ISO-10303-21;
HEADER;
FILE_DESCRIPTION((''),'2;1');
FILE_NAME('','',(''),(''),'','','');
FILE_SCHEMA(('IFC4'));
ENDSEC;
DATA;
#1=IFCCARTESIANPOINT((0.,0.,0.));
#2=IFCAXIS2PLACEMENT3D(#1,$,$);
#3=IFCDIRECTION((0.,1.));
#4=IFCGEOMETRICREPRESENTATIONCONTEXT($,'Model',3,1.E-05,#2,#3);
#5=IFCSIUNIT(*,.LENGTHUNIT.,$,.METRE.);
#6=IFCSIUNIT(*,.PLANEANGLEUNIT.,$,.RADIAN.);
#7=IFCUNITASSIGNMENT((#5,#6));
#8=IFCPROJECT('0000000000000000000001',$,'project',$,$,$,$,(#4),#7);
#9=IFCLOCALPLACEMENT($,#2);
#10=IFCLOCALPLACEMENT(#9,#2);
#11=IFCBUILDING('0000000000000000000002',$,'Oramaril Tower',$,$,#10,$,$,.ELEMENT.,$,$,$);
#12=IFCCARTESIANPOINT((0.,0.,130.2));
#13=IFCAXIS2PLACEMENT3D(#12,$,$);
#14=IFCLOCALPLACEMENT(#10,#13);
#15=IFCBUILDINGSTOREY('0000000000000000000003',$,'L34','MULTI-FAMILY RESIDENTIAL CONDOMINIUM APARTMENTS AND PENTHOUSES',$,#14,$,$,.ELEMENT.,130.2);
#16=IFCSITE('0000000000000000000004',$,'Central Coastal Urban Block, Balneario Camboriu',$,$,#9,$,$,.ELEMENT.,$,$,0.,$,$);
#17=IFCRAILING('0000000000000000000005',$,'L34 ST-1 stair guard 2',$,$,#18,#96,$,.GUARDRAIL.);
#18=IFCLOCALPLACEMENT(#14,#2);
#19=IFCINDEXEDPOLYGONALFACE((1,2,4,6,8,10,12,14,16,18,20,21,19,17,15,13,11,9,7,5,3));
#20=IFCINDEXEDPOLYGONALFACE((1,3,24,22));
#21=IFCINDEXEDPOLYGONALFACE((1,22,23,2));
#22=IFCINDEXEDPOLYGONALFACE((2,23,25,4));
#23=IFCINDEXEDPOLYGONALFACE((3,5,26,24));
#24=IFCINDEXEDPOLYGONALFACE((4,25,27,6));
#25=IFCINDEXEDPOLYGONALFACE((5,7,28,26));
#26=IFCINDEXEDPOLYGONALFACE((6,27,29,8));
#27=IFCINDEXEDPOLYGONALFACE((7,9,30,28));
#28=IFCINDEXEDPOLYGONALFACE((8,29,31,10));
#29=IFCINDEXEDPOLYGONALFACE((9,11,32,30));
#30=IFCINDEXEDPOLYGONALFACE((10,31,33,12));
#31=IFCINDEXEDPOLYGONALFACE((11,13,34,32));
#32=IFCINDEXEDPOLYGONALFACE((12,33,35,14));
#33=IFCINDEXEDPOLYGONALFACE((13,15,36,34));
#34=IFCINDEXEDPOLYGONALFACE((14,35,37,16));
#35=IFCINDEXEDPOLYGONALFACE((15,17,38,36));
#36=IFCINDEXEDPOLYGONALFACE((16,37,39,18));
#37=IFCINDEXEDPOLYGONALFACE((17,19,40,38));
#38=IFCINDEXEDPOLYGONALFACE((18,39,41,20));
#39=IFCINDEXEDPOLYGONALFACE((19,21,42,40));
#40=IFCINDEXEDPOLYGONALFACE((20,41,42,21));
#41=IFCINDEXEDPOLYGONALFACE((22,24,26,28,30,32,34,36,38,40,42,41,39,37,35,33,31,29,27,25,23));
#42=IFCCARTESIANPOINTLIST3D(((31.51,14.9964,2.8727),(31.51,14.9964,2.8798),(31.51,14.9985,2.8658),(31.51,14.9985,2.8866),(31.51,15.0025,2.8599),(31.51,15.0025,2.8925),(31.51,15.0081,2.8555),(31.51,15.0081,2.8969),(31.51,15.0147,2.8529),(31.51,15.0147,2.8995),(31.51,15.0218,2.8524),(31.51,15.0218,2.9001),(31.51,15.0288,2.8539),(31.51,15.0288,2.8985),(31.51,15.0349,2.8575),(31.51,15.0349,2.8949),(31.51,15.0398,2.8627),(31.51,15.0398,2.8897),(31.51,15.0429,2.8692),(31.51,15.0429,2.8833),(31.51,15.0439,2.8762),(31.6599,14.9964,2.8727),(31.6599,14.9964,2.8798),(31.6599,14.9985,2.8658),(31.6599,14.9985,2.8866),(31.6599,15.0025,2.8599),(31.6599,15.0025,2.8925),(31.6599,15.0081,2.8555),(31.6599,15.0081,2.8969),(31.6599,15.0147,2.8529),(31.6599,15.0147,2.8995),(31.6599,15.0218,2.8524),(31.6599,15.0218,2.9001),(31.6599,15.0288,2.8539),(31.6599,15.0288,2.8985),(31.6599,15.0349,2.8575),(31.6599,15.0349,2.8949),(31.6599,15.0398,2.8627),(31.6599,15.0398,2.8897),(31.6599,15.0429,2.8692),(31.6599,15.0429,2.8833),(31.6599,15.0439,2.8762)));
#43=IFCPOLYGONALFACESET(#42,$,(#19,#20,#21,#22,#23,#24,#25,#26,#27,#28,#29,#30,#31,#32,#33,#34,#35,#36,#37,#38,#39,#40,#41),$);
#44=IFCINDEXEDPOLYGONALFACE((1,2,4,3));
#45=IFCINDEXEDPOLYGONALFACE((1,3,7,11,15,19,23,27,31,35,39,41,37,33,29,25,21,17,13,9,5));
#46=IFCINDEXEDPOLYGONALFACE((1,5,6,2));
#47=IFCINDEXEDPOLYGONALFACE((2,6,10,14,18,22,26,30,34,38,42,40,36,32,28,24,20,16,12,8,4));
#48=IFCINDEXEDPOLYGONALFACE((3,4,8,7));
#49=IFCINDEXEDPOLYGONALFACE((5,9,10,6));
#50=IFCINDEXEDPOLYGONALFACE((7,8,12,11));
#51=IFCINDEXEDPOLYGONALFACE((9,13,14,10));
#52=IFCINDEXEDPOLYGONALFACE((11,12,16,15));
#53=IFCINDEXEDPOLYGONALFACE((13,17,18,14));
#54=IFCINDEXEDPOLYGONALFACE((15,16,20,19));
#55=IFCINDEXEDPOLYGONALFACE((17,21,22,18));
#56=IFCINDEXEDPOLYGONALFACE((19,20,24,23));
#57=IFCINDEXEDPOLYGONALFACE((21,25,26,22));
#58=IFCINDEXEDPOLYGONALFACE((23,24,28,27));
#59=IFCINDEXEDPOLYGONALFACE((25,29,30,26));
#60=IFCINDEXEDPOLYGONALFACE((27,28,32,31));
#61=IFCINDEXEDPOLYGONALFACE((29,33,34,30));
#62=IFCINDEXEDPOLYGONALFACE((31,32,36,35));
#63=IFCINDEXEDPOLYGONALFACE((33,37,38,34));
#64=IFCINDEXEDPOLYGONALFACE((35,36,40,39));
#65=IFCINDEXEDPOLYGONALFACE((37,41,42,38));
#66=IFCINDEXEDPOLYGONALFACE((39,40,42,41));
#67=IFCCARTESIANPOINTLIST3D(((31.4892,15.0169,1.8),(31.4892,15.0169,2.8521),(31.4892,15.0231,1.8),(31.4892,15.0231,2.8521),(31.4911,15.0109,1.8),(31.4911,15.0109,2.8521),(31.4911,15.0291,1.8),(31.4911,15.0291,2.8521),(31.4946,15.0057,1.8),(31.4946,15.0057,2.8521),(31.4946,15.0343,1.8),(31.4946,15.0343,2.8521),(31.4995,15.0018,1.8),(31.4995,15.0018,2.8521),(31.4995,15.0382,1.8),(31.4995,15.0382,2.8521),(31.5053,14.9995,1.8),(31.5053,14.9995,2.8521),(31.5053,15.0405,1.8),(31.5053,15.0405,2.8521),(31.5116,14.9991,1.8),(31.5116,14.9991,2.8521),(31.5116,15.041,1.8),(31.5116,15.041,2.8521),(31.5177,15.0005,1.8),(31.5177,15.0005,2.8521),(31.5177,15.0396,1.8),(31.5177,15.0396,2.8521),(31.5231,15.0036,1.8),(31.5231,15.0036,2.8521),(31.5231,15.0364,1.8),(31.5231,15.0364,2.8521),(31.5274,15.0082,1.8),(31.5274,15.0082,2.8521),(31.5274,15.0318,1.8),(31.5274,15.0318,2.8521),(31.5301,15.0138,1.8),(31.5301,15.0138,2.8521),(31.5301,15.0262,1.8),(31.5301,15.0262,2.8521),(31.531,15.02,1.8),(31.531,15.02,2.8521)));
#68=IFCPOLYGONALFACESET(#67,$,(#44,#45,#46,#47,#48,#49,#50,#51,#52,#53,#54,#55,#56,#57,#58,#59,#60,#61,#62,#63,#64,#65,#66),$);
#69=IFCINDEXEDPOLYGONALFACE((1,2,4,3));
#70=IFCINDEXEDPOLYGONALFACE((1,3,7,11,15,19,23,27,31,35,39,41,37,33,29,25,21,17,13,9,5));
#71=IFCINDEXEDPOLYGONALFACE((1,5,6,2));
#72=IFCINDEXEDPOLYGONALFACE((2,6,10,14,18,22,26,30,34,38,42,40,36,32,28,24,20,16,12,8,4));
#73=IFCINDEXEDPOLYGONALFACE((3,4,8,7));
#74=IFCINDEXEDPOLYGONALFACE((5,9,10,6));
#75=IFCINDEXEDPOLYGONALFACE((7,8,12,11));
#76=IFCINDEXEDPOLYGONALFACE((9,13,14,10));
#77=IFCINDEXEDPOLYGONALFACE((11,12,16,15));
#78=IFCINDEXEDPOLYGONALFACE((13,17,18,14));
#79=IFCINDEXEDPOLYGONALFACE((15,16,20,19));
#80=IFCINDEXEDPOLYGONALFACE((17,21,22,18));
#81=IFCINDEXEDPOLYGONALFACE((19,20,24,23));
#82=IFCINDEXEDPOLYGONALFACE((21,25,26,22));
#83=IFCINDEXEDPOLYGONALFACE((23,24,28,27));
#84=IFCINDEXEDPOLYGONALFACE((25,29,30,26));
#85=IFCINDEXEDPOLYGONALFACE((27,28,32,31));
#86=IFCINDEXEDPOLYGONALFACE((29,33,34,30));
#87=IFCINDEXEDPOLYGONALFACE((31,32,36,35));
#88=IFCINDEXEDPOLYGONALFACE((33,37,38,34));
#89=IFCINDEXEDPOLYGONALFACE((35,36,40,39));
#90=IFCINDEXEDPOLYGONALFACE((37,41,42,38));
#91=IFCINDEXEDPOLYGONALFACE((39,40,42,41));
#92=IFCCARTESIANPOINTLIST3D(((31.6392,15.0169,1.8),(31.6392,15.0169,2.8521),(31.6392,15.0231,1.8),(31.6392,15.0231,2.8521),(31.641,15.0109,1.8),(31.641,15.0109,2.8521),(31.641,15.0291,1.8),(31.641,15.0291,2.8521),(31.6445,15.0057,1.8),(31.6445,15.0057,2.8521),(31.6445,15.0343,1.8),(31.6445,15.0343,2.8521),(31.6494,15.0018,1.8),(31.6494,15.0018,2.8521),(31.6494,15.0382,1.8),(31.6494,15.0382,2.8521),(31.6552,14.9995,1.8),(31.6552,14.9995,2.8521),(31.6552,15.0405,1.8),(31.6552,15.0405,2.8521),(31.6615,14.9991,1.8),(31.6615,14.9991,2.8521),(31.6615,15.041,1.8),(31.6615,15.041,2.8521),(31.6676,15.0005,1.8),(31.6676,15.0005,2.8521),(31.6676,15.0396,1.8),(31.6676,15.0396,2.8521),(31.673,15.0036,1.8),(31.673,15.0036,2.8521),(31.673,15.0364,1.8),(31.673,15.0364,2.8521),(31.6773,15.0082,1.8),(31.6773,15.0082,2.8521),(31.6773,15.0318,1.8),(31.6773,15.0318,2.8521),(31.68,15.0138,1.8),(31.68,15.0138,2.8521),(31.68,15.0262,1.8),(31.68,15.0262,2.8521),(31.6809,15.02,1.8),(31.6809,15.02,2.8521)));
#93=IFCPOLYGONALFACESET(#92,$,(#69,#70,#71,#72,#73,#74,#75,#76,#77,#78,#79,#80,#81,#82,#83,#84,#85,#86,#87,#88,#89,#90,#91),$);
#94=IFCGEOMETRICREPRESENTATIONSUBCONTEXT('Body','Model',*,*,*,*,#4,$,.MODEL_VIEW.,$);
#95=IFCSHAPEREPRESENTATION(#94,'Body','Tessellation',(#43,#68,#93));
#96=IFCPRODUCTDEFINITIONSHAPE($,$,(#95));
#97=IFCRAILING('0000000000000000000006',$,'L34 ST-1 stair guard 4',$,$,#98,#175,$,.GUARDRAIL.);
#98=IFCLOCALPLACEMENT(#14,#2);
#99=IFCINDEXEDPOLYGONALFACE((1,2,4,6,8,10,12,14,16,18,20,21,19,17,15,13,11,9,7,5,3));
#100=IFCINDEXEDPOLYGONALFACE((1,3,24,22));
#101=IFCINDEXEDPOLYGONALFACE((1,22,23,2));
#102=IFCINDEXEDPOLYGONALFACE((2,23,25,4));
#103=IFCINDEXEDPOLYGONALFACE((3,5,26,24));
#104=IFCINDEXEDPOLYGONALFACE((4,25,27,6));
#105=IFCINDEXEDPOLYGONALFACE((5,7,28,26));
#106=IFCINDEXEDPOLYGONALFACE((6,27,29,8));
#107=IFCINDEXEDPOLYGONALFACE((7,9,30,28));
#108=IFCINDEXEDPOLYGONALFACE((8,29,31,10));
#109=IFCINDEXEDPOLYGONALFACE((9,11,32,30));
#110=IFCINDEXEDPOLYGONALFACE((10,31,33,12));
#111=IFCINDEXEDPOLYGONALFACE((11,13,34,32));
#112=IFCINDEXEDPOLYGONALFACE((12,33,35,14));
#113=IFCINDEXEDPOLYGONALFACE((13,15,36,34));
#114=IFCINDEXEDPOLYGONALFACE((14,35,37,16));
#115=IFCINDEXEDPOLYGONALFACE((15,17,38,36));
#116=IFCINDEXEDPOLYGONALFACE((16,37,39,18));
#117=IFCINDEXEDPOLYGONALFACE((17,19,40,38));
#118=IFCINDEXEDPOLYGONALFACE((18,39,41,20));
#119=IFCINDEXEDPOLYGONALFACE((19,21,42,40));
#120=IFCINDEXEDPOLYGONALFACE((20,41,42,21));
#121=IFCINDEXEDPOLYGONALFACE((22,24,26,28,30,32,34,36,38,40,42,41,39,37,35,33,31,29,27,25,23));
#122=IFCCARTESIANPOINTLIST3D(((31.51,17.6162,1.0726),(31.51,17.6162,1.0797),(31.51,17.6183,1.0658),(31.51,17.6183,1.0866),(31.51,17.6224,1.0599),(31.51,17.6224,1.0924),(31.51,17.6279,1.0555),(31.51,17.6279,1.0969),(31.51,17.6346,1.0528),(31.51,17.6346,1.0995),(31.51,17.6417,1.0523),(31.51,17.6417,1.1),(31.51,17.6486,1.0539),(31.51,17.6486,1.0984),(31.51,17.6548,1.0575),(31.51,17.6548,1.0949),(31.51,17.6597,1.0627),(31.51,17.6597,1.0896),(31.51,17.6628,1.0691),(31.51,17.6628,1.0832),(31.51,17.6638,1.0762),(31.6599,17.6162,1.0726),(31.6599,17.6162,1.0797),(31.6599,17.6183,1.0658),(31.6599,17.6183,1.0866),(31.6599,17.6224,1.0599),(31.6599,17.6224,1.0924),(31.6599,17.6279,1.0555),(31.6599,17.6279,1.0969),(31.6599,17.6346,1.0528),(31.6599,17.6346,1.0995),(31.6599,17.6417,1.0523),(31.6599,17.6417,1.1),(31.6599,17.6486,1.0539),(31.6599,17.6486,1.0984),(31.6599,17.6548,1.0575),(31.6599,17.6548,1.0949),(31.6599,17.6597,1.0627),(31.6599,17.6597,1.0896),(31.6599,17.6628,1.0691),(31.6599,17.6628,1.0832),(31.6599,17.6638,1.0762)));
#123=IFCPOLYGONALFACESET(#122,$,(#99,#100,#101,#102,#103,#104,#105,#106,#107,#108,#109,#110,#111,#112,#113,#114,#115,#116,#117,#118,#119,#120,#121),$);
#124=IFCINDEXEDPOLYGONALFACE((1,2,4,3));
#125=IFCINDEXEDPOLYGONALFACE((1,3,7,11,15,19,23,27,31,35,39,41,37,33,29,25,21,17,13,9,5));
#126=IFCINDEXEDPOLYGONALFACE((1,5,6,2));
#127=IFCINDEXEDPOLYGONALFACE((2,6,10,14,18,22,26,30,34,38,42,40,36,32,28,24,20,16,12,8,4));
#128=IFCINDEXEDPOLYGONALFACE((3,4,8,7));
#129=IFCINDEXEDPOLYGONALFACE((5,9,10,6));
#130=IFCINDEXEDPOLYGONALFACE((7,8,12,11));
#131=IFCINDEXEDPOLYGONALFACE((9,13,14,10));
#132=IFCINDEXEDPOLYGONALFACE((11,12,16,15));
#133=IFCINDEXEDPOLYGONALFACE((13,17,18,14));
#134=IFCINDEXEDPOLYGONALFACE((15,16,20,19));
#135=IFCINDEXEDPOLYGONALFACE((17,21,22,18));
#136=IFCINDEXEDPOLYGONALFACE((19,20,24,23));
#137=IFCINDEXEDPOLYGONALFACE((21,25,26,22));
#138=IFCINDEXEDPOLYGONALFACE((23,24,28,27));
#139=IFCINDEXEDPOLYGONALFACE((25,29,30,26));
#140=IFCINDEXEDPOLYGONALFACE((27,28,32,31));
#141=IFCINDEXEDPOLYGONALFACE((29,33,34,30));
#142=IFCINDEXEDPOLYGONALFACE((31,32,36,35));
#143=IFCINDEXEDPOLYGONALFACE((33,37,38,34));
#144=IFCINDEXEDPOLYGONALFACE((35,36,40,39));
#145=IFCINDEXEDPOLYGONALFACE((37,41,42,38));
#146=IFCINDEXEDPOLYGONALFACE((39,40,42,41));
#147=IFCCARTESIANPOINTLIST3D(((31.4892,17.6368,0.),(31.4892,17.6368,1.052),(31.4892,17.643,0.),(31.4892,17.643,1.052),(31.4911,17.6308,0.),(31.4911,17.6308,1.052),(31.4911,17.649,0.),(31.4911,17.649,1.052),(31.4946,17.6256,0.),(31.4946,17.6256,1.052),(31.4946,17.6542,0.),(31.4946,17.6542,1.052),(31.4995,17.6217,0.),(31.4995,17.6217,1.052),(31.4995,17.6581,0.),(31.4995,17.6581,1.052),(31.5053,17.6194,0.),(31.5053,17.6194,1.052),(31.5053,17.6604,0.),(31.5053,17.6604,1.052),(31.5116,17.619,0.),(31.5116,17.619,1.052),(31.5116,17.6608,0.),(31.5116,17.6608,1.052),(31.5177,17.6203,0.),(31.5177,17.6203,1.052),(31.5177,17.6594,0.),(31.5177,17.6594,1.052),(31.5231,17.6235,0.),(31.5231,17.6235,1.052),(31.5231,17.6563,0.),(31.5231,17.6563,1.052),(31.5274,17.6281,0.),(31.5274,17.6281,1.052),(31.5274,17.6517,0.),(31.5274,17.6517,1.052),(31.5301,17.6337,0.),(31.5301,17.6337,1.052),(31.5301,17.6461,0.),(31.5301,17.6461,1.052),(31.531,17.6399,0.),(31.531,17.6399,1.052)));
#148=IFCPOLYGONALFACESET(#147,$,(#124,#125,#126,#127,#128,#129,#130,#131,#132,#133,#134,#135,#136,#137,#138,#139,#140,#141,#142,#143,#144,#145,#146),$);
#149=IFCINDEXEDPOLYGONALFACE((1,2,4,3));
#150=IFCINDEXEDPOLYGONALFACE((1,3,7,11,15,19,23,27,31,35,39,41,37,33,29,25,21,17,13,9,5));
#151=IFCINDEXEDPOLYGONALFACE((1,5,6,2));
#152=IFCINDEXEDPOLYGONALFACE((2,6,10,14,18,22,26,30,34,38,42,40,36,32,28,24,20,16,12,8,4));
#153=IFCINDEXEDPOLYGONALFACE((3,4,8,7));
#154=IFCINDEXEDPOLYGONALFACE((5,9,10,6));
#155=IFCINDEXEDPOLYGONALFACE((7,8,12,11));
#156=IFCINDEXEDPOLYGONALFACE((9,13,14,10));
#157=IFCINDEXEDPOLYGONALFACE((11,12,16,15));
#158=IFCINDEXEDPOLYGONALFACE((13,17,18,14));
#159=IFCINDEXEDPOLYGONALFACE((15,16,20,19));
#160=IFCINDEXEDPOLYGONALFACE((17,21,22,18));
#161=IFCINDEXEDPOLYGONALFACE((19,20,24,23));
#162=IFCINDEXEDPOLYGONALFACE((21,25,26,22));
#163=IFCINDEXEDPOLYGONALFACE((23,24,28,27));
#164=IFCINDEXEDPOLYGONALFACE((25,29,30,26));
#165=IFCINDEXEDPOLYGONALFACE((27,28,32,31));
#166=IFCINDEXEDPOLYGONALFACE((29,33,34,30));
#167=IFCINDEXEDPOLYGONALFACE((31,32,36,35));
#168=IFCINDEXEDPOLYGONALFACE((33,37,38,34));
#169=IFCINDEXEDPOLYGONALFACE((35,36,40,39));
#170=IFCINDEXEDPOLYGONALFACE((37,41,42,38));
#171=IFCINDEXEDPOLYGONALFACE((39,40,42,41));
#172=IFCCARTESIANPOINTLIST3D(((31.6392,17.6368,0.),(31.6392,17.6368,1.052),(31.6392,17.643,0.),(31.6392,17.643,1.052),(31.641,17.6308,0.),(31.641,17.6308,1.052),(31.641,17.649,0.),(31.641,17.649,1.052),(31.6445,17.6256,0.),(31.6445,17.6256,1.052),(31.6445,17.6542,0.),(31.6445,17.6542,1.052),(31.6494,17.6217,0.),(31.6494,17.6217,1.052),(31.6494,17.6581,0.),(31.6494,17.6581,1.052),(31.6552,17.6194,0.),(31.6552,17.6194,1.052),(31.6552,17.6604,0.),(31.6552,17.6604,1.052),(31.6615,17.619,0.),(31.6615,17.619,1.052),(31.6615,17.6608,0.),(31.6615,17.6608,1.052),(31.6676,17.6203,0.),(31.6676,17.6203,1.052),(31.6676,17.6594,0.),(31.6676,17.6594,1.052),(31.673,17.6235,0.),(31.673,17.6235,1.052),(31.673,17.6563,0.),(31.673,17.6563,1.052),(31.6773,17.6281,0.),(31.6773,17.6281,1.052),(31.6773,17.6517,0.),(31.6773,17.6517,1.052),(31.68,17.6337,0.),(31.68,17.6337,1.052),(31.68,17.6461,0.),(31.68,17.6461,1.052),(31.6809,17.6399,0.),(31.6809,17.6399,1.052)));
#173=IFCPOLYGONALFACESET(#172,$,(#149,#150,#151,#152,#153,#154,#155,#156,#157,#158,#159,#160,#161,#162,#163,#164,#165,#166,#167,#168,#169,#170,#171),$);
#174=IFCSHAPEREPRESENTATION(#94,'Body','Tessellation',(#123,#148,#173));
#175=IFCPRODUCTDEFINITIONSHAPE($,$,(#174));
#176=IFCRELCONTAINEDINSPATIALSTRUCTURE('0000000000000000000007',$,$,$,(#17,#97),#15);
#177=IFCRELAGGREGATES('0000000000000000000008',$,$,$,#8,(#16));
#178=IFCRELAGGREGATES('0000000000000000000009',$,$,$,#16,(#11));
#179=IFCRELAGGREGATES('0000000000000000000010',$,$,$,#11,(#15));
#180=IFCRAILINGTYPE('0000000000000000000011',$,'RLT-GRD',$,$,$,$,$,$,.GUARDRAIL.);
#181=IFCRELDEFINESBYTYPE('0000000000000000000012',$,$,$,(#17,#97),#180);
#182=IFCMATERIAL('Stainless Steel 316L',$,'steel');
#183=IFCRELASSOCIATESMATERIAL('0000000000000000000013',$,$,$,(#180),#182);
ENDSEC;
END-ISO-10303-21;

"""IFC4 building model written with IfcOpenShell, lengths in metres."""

from ifc_helpers import new_model, si_unit, direction, frame, origin, origin_2d, place, context, subcontext, project, spatial, circle, extrude, material, type_object, element, save


model = new_model("IFC4")

# Units and contexts
model_context = context("Model", 3, precision=1e-05, world=origin(), true_north=direction((0.0, 1.0)))
body_context = subcontext(model_context, "Body", "Model", "MODEL_VIEW")
ifc_project = project(units=[si_unit("LENGTHUNIT", "METRE"), si_unit("PLANEANGLEUNIT", "RADIAN")], contexts=[model_context])

# Site, building, storey
site_placement = place(None, origin())
site = spatial("IfcSite", under=ifc_project, at=site_placement, Name="Central Coastal Urban Block, Balneario Camboriu", CompositionType="ELEMENT", RefElevation=0.0)
building_placement = place(site_placement, origin())
building = spatial("IfcBuilding", under=site, at=building_placement, Name="Oramaril Tower", CompositionType="ELEMENT")
storey_placement = place(building_placement, frame((0.0, 0.0, 130.2)))
storey = spatial("IfcBuildingStorey", under=building, at=storey_placement, Name="L34", Description="MULTI-FAMILY RESIDENTIAL CONDOMINIUM APARTMENTS AND PENTHOUSES", CompositionType="ELEMENT", Elevation=130.2)

# Railings
ifc_material_1 = material(Name="Stainless Steel 316L", Category="steel")
railing_type_1 = type_object("IfcRailingType", Name="RLT-GRD", PredefinedType="GUARDRAIL", material=ifc_material_1)
for number, where, name in (
    (1, (31.51, 15.02, 1.8), "L34 ST-1 stair guard 2"),
    (2, (31.51, 17.6399, 0.0), "L34 ST-1 stair guard 4"),
):
    element("IfcRailing", number, at=place(storey_placement, frame(where)), inside=storey, type_object=railing_type_1, Name=name, PredefinedType="GUARDRAIL", context=body_context, shape_type="SweptSolid", body=[
        extrude(circle(Radius=0.0239, at=origin_2d()), frame((0.0, 0.0, 1.0762), z_axis=(1.0, 0.0, 0.0), x_axis=(0.0, 1.0, 0.0)), (0.0, 0.0, 1.0), 0.1499),
        extrude(circle(Radius=0.021, at=origin_2d()), origin(), (0.0, 0.0, 1.0), 1.052),
        extrude(circle(Radius=0.021, at=origin_2d()), frame((0.1499, 0.0, 0.0)), (0.0, 0.0, 1.0), 1.052),
    ])

save(model, "model.ifc")
